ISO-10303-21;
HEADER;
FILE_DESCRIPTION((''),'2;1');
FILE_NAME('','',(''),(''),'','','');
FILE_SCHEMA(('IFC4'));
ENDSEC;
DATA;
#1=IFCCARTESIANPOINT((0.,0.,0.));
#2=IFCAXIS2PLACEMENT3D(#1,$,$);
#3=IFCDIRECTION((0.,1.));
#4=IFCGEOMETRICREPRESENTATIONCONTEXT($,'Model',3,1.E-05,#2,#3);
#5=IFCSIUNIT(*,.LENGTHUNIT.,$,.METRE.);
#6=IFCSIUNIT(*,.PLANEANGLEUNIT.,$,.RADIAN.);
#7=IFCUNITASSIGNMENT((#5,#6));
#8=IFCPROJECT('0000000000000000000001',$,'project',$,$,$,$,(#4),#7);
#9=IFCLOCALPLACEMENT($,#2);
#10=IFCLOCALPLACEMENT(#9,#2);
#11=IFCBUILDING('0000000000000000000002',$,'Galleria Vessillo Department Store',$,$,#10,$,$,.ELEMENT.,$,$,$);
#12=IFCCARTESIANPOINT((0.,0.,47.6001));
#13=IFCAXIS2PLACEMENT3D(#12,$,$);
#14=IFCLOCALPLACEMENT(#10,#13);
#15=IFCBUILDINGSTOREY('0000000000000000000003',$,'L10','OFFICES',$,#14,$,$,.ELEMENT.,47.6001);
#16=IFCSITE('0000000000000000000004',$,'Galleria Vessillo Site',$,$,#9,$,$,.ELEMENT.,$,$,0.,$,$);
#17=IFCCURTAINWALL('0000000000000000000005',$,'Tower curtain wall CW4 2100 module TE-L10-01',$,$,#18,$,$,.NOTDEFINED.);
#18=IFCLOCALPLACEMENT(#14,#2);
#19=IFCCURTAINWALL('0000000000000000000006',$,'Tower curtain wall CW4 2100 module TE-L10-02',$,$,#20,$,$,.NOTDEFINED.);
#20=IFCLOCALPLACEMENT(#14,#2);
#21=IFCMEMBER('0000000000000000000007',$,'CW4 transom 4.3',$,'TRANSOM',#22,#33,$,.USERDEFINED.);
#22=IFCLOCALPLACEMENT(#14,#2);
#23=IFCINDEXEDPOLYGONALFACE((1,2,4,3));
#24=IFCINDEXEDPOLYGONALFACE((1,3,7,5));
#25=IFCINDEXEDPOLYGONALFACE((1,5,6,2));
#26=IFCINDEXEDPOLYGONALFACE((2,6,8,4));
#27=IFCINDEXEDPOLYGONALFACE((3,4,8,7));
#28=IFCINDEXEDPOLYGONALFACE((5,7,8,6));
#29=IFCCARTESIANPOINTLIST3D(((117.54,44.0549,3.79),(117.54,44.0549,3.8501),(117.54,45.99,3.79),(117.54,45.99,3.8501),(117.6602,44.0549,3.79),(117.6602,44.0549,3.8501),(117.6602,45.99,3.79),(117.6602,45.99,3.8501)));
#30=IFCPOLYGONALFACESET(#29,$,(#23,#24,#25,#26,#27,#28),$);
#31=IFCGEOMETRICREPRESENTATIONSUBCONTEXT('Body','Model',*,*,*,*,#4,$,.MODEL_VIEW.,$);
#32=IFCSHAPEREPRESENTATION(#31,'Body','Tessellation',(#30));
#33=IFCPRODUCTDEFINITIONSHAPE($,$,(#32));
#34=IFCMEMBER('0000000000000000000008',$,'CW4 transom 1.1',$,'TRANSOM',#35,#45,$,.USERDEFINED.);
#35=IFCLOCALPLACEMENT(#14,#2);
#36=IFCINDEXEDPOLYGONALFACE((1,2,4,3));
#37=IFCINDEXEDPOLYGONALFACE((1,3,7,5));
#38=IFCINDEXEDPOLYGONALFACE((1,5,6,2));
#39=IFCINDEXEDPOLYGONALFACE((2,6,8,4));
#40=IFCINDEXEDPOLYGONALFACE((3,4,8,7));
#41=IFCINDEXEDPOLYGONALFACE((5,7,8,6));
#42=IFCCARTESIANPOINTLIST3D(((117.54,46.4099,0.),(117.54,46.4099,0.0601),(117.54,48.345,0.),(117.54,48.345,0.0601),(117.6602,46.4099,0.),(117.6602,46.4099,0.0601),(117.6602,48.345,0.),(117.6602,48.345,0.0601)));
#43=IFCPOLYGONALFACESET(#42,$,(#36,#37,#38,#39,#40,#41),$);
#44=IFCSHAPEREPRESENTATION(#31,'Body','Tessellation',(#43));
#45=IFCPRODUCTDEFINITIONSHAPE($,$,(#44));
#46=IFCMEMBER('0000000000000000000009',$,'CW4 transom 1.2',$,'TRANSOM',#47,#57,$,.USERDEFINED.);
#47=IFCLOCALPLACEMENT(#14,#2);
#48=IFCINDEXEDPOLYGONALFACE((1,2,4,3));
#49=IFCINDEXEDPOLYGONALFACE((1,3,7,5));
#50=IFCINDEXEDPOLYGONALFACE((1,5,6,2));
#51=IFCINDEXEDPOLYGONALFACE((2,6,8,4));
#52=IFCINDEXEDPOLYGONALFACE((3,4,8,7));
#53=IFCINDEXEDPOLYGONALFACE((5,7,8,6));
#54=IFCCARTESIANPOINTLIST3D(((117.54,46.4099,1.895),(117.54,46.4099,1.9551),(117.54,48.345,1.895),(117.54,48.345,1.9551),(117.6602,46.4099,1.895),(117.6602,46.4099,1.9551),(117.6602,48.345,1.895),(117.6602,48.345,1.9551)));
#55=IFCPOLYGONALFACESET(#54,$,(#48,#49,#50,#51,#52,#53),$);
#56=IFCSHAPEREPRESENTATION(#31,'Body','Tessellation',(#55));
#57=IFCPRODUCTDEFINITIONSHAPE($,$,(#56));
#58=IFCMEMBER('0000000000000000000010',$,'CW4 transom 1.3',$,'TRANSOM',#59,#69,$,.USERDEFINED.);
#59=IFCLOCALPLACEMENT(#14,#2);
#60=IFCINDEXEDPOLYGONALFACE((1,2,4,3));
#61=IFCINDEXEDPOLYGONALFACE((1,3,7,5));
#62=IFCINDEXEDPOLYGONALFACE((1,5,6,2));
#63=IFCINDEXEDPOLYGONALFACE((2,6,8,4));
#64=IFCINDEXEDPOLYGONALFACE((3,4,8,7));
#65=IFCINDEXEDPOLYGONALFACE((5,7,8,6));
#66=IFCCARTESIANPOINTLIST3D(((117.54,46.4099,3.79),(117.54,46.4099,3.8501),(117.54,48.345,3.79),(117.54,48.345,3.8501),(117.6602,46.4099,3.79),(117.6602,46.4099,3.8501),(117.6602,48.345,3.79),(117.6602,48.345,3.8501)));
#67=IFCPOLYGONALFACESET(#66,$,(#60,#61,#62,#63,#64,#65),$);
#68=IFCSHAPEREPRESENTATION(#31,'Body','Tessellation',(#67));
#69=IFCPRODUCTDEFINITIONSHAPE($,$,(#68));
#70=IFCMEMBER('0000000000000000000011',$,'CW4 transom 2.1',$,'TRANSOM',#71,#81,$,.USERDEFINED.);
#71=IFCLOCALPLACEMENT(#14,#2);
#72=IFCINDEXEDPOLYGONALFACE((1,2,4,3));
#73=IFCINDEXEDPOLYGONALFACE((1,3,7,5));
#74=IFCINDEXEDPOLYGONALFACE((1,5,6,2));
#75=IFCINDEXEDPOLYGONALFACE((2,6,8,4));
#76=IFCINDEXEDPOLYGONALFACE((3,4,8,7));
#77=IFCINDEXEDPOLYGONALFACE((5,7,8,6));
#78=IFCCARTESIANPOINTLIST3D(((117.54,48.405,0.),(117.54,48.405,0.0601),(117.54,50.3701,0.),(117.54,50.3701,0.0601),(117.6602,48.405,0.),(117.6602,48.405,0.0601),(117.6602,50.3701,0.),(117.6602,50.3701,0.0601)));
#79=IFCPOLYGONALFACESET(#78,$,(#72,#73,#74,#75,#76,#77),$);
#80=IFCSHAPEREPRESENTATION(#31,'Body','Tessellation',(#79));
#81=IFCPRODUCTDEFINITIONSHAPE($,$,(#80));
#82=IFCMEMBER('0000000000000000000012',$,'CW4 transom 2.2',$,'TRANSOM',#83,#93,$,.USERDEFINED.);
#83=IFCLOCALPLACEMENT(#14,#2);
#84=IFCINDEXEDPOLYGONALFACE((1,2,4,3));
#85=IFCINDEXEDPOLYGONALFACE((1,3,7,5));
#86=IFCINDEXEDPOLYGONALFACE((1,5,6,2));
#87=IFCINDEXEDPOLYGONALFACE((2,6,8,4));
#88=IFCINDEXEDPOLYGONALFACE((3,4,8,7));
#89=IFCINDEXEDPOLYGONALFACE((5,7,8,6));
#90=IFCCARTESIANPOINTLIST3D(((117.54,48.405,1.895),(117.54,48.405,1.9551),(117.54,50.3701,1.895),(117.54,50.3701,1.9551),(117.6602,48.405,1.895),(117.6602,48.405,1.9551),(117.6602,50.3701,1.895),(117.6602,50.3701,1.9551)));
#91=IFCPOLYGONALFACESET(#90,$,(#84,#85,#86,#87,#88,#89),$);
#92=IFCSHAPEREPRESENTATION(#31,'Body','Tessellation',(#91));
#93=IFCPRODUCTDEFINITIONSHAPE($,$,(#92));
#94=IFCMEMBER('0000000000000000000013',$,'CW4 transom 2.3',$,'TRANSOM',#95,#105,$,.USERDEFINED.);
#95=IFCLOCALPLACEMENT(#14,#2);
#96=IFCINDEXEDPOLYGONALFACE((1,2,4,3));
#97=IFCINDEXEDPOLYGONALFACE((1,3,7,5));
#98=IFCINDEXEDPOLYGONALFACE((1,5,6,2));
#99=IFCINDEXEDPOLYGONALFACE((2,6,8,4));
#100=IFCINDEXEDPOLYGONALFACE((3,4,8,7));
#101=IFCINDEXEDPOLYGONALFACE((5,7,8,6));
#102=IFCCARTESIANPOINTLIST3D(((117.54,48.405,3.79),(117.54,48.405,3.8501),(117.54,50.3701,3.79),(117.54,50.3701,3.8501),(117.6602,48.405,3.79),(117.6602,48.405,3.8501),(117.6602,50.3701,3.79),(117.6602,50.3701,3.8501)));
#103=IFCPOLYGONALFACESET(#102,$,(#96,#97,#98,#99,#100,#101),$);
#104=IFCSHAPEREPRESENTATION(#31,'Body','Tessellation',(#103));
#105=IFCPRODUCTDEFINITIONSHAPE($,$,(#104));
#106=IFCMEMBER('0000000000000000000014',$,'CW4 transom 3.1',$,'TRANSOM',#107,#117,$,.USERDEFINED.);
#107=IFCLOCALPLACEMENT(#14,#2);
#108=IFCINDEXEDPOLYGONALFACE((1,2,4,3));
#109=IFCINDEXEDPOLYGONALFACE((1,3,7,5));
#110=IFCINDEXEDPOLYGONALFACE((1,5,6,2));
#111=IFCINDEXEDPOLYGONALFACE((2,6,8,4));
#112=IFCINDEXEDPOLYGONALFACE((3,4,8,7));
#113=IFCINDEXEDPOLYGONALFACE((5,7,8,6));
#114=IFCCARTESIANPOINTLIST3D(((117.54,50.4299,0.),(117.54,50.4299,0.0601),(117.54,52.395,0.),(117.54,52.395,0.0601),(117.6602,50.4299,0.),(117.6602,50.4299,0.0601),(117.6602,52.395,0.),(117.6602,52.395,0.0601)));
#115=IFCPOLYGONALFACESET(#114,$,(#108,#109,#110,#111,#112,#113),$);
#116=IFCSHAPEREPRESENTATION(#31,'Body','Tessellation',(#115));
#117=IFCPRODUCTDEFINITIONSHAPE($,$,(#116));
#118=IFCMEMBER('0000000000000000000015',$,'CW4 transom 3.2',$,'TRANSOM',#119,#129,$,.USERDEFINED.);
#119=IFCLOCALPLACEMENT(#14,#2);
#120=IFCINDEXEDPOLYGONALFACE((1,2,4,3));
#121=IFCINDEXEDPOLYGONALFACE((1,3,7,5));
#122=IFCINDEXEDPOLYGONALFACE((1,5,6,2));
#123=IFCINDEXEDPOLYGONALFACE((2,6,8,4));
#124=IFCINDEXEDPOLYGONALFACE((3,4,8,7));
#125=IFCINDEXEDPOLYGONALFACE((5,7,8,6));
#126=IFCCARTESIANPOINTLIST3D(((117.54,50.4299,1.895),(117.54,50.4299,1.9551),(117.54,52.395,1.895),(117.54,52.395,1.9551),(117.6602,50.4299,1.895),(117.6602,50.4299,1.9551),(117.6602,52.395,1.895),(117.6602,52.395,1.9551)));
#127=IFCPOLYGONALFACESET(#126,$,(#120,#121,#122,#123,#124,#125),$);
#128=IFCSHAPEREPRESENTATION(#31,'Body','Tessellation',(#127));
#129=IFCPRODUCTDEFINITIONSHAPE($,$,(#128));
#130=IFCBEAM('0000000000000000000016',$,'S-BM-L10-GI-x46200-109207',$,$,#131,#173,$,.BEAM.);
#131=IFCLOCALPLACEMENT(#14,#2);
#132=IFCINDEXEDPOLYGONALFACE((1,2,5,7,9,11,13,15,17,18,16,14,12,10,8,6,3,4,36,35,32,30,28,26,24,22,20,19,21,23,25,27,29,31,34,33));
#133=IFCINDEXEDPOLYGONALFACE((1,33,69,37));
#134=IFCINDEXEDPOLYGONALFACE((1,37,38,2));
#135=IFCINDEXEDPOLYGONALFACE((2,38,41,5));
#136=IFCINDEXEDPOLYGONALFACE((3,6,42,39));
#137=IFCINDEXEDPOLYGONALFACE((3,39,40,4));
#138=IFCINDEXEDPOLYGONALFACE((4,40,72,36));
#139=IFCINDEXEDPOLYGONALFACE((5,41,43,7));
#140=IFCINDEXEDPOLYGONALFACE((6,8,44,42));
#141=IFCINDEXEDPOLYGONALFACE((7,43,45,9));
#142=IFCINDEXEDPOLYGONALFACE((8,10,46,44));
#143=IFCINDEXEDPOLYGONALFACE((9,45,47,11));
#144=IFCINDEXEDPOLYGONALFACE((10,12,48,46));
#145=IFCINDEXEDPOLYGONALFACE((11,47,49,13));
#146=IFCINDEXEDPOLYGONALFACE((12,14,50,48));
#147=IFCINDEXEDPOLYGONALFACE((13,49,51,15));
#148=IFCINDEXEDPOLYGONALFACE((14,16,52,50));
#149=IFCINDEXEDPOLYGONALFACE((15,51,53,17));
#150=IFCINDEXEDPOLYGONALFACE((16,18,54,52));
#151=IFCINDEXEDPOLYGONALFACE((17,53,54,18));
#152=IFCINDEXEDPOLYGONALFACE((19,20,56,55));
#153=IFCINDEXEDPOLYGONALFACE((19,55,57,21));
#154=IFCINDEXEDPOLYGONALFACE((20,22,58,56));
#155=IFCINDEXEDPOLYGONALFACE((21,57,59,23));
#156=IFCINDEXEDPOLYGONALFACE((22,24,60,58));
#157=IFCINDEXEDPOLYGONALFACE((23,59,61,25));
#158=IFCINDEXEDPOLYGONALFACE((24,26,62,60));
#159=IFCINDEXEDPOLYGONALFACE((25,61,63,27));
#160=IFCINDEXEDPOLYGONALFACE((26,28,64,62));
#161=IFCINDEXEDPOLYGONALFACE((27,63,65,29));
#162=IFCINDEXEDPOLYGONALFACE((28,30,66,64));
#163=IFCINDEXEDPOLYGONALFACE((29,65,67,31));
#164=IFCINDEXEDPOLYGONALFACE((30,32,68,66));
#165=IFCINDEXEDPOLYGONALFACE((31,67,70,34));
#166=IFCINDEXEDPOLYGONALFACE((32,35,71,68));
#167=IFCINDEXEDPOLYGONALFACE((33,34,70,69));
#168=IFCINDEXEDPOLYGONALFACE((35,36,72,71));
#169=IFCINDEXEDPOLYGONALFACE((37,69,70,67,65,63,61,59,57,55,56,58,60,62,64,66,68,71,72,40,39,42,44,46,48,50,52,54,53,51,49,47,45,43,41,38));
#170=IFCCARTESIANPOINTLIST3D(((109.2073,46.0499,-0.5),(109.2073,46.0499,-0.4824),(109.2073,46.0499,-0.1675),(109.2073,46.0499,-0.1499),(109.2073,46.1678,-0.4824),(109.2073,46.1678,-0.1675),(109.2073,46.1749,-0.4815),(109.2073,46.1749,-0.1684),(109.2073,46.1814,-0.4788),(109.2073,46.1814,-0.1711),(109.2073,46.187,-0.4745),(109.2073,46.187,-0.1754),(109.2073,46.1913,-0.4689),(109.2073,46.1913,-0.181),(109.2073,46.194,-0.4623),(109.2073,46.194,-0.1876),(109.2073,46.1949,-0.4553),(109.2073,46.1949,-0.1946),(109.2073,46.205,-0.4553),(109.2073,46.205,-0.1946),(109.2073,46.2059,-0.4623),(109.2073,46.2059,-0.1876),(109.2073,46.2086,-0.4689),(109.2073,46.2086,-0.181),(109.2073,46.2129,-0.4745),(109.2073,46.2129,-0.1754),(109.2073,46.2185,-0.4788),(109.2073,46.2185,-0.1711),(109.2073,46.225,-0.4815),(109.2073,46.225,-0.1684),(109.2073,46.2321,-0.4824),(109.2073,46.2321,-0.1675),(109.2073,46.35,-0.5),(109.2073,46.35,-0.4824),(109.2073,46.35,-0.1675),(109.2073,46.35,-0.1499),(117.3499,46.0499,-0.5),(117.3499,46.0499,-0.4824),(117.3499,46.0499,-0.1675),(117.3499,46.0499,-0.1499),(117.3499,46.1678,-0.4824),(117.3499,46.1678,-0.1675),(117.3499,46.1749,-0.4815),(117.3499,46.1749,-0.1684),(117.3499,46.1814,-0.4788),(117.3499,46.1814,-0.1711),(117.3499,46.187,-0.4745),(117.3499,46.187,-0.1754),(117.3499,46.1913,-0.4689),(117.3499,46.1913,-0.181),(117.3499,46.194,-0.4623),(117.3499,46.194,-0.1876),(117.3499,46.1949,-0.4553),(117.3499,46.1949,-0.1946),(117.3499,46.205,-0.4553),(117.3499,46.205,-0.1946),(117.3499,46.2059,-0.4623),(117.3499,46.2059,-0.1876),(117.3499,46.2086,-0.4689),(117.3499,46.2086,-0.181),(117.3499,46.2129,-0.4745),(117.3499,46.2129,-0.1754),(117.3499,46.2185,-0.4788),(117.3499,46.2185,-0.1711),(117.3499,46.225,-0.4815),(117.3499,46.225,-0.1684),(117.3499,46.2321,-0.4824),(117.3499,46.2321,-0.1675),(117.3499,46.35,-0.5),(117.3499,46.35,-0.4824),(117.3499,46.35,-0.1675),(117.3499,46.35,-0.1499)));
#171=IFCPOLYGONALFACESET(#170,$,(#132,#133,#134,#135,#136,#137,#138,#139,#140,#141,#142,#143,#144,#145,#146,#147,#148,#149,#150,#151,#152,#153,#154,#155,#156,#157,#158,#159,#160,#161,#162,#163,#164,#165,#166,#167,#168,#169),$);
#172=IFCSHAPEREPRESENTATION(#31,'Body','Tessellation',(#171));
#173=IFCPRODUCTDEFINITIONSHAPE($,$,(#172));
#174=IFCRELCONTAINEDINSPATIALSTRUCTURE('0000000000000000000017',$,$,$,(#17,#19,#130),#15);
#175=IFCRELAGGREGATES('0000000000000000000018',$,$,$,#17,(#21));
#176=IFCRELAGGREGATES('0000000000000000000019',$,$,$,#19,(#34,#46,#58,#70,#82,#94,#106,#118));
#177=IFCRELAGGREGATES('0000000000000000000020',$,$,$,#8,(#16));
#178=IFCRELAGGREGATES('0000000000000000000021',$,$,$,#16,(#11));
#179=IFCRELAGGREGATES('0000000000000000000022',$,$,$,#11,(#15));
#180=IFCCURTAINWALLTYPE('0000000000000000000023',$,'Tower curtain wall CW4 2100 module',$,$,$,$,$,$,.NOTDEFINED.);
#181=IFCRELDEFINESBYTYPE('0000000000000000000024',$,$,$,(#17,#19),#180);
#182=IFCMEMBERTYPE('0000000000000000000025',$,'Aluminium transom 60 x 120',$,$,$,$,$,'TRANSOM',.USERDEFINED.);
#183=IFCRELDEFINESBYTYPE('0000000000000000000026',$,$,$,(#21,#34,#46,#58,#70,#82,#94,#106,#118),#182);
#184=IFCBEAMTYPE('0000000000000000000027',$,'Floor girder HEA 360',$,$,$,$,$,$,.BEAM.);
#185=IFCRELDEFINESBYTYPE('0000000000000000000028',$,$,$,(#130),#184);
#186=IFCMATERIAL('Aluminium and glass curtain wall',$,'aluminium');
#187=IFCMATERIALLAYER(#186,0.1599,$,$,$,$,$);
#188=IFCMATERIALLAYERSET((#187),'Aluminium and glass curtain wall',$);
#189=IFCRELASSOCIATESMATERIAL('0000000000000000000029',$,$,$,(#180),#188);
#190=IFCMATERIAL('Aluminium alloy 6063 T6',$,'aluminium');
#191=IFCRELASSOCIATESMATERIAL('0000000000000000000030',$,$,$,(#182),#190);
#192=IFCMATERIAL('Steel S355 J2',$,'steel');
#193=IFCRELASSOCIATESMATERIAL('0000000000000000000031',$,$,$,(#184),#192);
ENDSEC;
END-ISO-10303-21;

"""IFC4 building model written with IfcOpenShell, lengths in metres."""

from ifc_helpers import new_model, si_unit, direction, frame, origin, origin_2d, place, context, subcontext, project, spatial, rectangle, i_section, extrude, material, layer, layer_set, material_profile, profile_set, type_object, element, aggregate, save


model = new_model("IFC4")

# Units and contexts
model_context = context("Model", 3, precision=1e-05, world=origin(), true_north=direction((0.0, 1.0)))
body_context = subcontext(model_context, "Body", "Model", "MODEL_VIEW")
ifc_project = project(units=[si_unit("LENGTHUNIT", "METRE"), si_unit("PLANEANGLEUNIT", "RADIAN")], contexts=[model_context])

# Site, building, storey
site_placement = place(None, origin())
site = spatial("IfcSite", under=ifc_project, at=site_placement, Name="Galleria Vessillo Site", CompositionType="ELEMENT", RefElevation=0.0)
building_placement = place(site_placement, origin())
building = spatial("IfcBuilding", under=site, at=building_placement, Name="Galleria Vessillo Department Store", CompositionType="ELEMENT")
storey_placement = place(building_placement, frame((0.0, 0.0, 47.6001)))
storey = spatial("IfcBuildingStorey", under=building, at=storey_placement, Name="L10", Description="OFFICES", CompositionType="ELEMENT", Elevation=47.6001)

# Curtain walls
ifc_material_1 = material(Name="Aluminium and glass curtain wall", Category="aluminium")
ifc_layer_1 = layer(ifc_material_1, 0.1599)
ifc_layer_set_1 = layer_set([ifc_layer_1], Name="Aluminium and glass curtain wall")
curtain_wall_type = type_object("IfcCurtainWallType", Name="Tower curtain wall CW4 2100 module", PredefinedType="NOTDEFINED", material=ifc_layer_set_1)
curtain_wall_1_placement = place(storey_placement, origin())
curtain_wall_1 = element("IfcCurtainWall", 1, at=curtain_wall_1_placement, inside=storey, type_object=curtain_wall_type, Name="Tower curtain wall CW4 2100 module TE-L10-01", PredefinedType="NOTDEFINED")
curtain_wall_2_placement = place(storey_placement, origin())
curtain_wall_2 = element("IfcCurtainWall", 2, at=curtain_wall_2_placement, inside=storey, type_object=curtain_wall_type, Name="Tower curtain wall CW4 2100 module TE-L10-02", PredefinedType="NOTDEFINED")

# Members
ifc_material_2 = material(Name="Aluminium alloy 6063 T6", Category="aluminium")
ifc_material_profile_1 = material_profile(ifc_material_2, rectangle(XDim=0.1201, YDim=0.0601, at=origin_2d()), Name="AL 60x120")
ifc_profile_set_1 = profile_set([ifc_material_profile_1], Name="Aluminium alloy 6063 T6")
member_type_1 = type_object("IfcMemberType", Name="Aluminium transom 60 x 120", ElementType="TRANSOM", PredefinedType="USERDEFINED", material=ifc_profile_set_1)
member_1_placement = place(storey_placement, frame((117.6001, 44.0549, 3.8201), z_axis=(0.0, 1.0, 0.0), x_axis=(-1.0, 0.0, 0.0)))
member_1 = element("IfcMember", 3, at=member_1_placement, type_object=member_type_1, Name="CW4 transom 4.3", ObjectType="TRANSOM", PredefinedType="USERDEFINED", context=body_context, shape_type="SweptSolid", body=[
    extrude(rectangle(XDim=0.1201, YDim=0.0601, at=origin_2d()), origin(), (0.0, 0.0, 1.0), 1.9351),
])
member_2_placement = place(storey_placement, frame((117.6001, 46.4099, 0.03), z_axis=(0.0, 1.0, 0.0), x_axis=(-1.0, 0.0, 0.0)))
member_2 = element("IfcMember", 4, at=member_2_placement, type_object=member_type_1, Name="CW4 transom 1.1", ObjectType="TRANSOM", PredefinedType="USERDEFINED", context=body_context, shape_type="SweptSolid", body=[
    extrude(rectangle(XDim=0.1201, YDim=0.0601, at=origin_2d()), origin(), (0.0, 0.0, 1.0), 1.9351),
])
member_3_placement = place(storey_placement, frame((117.6001, 46.4099, 1.925), z_axis=(0.0, 1.0, 0.0), x_axis=(-1.0, 0.0, 0.0)))
member_3 = element("IfcMember", 5, at=member_3_placement, type_object=member_type_1, Name="CW4 transom 1.2", ObjectType="TRANSOM", PredefinedType="USERDEFINED", context=body_context, shape_type="SweptSolid", body=[
    extrude(rectangle(XDim=0.1201, YDim=0.0601, at=origin_2d()), origin(), (0.0, 0.0, 1.0), 1.9351),
])
member_4_placement = place(storey_placement, frame((117.6001, 46.4099, 3.8201), z_axis=(0.0, 1.0, 0.0), x_axis=(-1.0, 0.0, 0.0)))
member_4 = element("IfcMember", 6, at=member_4_placement, type_object=member_type_1, Name="CW4 transom 1.3", ObjectType="TRANSOM", PredefinedType="USERDEFINED", context=body_context, shape_type="SweptSolid", body=[
    extrude(rectangle(XDim=0.1201, YDim=0.0601, at=origin_2d()), origin(), (0.0, 0.0, 1.0), 1.9351),
])
member_5_placement = place(storey_placement, frame((117.6001, 48.405, 0.03), z_axis=(0.0, 1.0, 0.0), x_axis=(-1.0, 0.0, 0.0)))
member_5 = element("IfcMember", 7, at=member_5_placement, type_object=member_type_1, Name="CW4 transom 2.1", ObjectType="TRANSOM", PredefinedType="USERDEFINED", context=body_context, shape_type="SweptSolid", body=[
    extrude(rectangle(XDim=0.1201, YDim=0.0601, at=origin_2d()), origin(), (0.0, 0.0, 1.0), 1.9651),
])
member_6_placement = place(storey_placement, frame((117.6001, 48.405, 1.925), z_axis=(0.0, 1.0, 0.0), x_axis=(-1.0, 0.0, 0.0)))
member_6 = element("IfcMember", 8, at=member_6_placement, type_object=member_type_1, Name="CW4 transom 2.2", ObjectType="TRANSOM", PredefinedType="USERDEFINED", context=body_context, shape_type="SweptSolid", body=[
    extrude(rectangle(XDim=0.1201, YDim=0.0601, at=origin_2d()), origin(), (0.0, 0.0, 1.0), 1.9651),
])
member_7_placement = place(storey_placement, frame((117.6001, 48.405, 3.8201), z_axis=(0.0, 1.0, 0.0), x_axis=(-1.0, 0.0, 0.0)))
member_7 = element("IfcMember", 9, at=member_7_placement, type_object=member_type_1, Name="CW4 transom 2.3", ObjectType="TRANSOM", PredefinedType="USERDEFINED", context=body_context, shape_type="SweptSolid", body=[
    extrude(rectangle(XDim=0.1201, YDim=0.0601, at=origin_2d()), origin(), (0.0, 0.0, 1.0), 1.9651),
])
member_8_placement = place(storey_placement, frame((117.6001, 50.4299, 0.03), z_axis=(0.0, 1.0, 0.0), x_axis=(-1.0, 0.0, 0.0)))
member_8 = element("IfcMember", 10, at=member_8_placement, type_object=member_type_1, Name="CW4 transom 3.1", ObjectType="TRANSOM", PredefinedType="USERDEFINED", context=body_context, shape_type="SweptSolid", body=[
    extrude(rectangle(XDim=0.1201, YDim=0.0601, at=origin_2d()), origin(), (0.0, 0.0, 1.0), 1.9651),
])
member_9_placement = place(storey_placement, frame((117.6001, 50.4299, 1.925), z_axis=(0.0, 1.0, 0.0), x_axis=(-1.0, 0.0, 0.0)))
member_9 = element("IfcMember", 11, at=member_9_placement, type_object=member_type_1, Name="CW4 transom 3.2", ObjectType="TRANSOM", PredefinedType="USERDEFINED", context=body_context, shape_type="SweptSolid", body=[
    extrude(rectangle(XDim=0.1201, YDim=0.0601, at=origin_2d()), origin(), (0.0, 0.0, 1.0), 1.9651),
])

# Beam
ifc_material_3 = material(Name="Steel S355 J2", Category="steel")
ifc_material_profile_2 = material_profile(ifc_material_3, i_section(OverallWidth=0.3, OverallDepth=0.3501, WebThickness=0.01, FlangeThickness=0.0176, FilletRadius=0.0271, at=origin_2d()), Name="HEA 360")
ifc_profile_set_2 = profile_set([ifc_material_profile_2], Name="Steel S355 J2")
beam_type_1 = type_object("IfcBeamType", Name="Floor girder HEA 360", PredefinedType="BEAM", material=ifc_profile_set_2)
beam_1_placement = place(storey_placement, frame((109.2073, 46.2, -0.325), z_axis=(1.0, 0.0, 0.0), x_axis=(0.0, 1.0, 0.0)))
element("IfcBeam", 12, at=beam_1_placement, inside=storey, type_object=beam_type_1, Name="S-BM-L10-GI-x46200-109207", PredefinedType="BEAM", context=body_context, shape_type="SweptSolid", body=[
    extrude(i_section(OverallWidth=0.3, OverallDepth=0.3501, WebThickness=0.01, FlangeThickness=0.0176, FilletRadius=0.0271, at=origin_2d()), origin(), (0.0, 0.0, 1.0), 8.1426),
])

aggregate(curtain_wall_1, [member_1])
aggregate(curtain_wall_2, [member_2, member_3, member_4, member_5, member_6, member_7, member_8, member_9])

save(model, "model.ifc")
